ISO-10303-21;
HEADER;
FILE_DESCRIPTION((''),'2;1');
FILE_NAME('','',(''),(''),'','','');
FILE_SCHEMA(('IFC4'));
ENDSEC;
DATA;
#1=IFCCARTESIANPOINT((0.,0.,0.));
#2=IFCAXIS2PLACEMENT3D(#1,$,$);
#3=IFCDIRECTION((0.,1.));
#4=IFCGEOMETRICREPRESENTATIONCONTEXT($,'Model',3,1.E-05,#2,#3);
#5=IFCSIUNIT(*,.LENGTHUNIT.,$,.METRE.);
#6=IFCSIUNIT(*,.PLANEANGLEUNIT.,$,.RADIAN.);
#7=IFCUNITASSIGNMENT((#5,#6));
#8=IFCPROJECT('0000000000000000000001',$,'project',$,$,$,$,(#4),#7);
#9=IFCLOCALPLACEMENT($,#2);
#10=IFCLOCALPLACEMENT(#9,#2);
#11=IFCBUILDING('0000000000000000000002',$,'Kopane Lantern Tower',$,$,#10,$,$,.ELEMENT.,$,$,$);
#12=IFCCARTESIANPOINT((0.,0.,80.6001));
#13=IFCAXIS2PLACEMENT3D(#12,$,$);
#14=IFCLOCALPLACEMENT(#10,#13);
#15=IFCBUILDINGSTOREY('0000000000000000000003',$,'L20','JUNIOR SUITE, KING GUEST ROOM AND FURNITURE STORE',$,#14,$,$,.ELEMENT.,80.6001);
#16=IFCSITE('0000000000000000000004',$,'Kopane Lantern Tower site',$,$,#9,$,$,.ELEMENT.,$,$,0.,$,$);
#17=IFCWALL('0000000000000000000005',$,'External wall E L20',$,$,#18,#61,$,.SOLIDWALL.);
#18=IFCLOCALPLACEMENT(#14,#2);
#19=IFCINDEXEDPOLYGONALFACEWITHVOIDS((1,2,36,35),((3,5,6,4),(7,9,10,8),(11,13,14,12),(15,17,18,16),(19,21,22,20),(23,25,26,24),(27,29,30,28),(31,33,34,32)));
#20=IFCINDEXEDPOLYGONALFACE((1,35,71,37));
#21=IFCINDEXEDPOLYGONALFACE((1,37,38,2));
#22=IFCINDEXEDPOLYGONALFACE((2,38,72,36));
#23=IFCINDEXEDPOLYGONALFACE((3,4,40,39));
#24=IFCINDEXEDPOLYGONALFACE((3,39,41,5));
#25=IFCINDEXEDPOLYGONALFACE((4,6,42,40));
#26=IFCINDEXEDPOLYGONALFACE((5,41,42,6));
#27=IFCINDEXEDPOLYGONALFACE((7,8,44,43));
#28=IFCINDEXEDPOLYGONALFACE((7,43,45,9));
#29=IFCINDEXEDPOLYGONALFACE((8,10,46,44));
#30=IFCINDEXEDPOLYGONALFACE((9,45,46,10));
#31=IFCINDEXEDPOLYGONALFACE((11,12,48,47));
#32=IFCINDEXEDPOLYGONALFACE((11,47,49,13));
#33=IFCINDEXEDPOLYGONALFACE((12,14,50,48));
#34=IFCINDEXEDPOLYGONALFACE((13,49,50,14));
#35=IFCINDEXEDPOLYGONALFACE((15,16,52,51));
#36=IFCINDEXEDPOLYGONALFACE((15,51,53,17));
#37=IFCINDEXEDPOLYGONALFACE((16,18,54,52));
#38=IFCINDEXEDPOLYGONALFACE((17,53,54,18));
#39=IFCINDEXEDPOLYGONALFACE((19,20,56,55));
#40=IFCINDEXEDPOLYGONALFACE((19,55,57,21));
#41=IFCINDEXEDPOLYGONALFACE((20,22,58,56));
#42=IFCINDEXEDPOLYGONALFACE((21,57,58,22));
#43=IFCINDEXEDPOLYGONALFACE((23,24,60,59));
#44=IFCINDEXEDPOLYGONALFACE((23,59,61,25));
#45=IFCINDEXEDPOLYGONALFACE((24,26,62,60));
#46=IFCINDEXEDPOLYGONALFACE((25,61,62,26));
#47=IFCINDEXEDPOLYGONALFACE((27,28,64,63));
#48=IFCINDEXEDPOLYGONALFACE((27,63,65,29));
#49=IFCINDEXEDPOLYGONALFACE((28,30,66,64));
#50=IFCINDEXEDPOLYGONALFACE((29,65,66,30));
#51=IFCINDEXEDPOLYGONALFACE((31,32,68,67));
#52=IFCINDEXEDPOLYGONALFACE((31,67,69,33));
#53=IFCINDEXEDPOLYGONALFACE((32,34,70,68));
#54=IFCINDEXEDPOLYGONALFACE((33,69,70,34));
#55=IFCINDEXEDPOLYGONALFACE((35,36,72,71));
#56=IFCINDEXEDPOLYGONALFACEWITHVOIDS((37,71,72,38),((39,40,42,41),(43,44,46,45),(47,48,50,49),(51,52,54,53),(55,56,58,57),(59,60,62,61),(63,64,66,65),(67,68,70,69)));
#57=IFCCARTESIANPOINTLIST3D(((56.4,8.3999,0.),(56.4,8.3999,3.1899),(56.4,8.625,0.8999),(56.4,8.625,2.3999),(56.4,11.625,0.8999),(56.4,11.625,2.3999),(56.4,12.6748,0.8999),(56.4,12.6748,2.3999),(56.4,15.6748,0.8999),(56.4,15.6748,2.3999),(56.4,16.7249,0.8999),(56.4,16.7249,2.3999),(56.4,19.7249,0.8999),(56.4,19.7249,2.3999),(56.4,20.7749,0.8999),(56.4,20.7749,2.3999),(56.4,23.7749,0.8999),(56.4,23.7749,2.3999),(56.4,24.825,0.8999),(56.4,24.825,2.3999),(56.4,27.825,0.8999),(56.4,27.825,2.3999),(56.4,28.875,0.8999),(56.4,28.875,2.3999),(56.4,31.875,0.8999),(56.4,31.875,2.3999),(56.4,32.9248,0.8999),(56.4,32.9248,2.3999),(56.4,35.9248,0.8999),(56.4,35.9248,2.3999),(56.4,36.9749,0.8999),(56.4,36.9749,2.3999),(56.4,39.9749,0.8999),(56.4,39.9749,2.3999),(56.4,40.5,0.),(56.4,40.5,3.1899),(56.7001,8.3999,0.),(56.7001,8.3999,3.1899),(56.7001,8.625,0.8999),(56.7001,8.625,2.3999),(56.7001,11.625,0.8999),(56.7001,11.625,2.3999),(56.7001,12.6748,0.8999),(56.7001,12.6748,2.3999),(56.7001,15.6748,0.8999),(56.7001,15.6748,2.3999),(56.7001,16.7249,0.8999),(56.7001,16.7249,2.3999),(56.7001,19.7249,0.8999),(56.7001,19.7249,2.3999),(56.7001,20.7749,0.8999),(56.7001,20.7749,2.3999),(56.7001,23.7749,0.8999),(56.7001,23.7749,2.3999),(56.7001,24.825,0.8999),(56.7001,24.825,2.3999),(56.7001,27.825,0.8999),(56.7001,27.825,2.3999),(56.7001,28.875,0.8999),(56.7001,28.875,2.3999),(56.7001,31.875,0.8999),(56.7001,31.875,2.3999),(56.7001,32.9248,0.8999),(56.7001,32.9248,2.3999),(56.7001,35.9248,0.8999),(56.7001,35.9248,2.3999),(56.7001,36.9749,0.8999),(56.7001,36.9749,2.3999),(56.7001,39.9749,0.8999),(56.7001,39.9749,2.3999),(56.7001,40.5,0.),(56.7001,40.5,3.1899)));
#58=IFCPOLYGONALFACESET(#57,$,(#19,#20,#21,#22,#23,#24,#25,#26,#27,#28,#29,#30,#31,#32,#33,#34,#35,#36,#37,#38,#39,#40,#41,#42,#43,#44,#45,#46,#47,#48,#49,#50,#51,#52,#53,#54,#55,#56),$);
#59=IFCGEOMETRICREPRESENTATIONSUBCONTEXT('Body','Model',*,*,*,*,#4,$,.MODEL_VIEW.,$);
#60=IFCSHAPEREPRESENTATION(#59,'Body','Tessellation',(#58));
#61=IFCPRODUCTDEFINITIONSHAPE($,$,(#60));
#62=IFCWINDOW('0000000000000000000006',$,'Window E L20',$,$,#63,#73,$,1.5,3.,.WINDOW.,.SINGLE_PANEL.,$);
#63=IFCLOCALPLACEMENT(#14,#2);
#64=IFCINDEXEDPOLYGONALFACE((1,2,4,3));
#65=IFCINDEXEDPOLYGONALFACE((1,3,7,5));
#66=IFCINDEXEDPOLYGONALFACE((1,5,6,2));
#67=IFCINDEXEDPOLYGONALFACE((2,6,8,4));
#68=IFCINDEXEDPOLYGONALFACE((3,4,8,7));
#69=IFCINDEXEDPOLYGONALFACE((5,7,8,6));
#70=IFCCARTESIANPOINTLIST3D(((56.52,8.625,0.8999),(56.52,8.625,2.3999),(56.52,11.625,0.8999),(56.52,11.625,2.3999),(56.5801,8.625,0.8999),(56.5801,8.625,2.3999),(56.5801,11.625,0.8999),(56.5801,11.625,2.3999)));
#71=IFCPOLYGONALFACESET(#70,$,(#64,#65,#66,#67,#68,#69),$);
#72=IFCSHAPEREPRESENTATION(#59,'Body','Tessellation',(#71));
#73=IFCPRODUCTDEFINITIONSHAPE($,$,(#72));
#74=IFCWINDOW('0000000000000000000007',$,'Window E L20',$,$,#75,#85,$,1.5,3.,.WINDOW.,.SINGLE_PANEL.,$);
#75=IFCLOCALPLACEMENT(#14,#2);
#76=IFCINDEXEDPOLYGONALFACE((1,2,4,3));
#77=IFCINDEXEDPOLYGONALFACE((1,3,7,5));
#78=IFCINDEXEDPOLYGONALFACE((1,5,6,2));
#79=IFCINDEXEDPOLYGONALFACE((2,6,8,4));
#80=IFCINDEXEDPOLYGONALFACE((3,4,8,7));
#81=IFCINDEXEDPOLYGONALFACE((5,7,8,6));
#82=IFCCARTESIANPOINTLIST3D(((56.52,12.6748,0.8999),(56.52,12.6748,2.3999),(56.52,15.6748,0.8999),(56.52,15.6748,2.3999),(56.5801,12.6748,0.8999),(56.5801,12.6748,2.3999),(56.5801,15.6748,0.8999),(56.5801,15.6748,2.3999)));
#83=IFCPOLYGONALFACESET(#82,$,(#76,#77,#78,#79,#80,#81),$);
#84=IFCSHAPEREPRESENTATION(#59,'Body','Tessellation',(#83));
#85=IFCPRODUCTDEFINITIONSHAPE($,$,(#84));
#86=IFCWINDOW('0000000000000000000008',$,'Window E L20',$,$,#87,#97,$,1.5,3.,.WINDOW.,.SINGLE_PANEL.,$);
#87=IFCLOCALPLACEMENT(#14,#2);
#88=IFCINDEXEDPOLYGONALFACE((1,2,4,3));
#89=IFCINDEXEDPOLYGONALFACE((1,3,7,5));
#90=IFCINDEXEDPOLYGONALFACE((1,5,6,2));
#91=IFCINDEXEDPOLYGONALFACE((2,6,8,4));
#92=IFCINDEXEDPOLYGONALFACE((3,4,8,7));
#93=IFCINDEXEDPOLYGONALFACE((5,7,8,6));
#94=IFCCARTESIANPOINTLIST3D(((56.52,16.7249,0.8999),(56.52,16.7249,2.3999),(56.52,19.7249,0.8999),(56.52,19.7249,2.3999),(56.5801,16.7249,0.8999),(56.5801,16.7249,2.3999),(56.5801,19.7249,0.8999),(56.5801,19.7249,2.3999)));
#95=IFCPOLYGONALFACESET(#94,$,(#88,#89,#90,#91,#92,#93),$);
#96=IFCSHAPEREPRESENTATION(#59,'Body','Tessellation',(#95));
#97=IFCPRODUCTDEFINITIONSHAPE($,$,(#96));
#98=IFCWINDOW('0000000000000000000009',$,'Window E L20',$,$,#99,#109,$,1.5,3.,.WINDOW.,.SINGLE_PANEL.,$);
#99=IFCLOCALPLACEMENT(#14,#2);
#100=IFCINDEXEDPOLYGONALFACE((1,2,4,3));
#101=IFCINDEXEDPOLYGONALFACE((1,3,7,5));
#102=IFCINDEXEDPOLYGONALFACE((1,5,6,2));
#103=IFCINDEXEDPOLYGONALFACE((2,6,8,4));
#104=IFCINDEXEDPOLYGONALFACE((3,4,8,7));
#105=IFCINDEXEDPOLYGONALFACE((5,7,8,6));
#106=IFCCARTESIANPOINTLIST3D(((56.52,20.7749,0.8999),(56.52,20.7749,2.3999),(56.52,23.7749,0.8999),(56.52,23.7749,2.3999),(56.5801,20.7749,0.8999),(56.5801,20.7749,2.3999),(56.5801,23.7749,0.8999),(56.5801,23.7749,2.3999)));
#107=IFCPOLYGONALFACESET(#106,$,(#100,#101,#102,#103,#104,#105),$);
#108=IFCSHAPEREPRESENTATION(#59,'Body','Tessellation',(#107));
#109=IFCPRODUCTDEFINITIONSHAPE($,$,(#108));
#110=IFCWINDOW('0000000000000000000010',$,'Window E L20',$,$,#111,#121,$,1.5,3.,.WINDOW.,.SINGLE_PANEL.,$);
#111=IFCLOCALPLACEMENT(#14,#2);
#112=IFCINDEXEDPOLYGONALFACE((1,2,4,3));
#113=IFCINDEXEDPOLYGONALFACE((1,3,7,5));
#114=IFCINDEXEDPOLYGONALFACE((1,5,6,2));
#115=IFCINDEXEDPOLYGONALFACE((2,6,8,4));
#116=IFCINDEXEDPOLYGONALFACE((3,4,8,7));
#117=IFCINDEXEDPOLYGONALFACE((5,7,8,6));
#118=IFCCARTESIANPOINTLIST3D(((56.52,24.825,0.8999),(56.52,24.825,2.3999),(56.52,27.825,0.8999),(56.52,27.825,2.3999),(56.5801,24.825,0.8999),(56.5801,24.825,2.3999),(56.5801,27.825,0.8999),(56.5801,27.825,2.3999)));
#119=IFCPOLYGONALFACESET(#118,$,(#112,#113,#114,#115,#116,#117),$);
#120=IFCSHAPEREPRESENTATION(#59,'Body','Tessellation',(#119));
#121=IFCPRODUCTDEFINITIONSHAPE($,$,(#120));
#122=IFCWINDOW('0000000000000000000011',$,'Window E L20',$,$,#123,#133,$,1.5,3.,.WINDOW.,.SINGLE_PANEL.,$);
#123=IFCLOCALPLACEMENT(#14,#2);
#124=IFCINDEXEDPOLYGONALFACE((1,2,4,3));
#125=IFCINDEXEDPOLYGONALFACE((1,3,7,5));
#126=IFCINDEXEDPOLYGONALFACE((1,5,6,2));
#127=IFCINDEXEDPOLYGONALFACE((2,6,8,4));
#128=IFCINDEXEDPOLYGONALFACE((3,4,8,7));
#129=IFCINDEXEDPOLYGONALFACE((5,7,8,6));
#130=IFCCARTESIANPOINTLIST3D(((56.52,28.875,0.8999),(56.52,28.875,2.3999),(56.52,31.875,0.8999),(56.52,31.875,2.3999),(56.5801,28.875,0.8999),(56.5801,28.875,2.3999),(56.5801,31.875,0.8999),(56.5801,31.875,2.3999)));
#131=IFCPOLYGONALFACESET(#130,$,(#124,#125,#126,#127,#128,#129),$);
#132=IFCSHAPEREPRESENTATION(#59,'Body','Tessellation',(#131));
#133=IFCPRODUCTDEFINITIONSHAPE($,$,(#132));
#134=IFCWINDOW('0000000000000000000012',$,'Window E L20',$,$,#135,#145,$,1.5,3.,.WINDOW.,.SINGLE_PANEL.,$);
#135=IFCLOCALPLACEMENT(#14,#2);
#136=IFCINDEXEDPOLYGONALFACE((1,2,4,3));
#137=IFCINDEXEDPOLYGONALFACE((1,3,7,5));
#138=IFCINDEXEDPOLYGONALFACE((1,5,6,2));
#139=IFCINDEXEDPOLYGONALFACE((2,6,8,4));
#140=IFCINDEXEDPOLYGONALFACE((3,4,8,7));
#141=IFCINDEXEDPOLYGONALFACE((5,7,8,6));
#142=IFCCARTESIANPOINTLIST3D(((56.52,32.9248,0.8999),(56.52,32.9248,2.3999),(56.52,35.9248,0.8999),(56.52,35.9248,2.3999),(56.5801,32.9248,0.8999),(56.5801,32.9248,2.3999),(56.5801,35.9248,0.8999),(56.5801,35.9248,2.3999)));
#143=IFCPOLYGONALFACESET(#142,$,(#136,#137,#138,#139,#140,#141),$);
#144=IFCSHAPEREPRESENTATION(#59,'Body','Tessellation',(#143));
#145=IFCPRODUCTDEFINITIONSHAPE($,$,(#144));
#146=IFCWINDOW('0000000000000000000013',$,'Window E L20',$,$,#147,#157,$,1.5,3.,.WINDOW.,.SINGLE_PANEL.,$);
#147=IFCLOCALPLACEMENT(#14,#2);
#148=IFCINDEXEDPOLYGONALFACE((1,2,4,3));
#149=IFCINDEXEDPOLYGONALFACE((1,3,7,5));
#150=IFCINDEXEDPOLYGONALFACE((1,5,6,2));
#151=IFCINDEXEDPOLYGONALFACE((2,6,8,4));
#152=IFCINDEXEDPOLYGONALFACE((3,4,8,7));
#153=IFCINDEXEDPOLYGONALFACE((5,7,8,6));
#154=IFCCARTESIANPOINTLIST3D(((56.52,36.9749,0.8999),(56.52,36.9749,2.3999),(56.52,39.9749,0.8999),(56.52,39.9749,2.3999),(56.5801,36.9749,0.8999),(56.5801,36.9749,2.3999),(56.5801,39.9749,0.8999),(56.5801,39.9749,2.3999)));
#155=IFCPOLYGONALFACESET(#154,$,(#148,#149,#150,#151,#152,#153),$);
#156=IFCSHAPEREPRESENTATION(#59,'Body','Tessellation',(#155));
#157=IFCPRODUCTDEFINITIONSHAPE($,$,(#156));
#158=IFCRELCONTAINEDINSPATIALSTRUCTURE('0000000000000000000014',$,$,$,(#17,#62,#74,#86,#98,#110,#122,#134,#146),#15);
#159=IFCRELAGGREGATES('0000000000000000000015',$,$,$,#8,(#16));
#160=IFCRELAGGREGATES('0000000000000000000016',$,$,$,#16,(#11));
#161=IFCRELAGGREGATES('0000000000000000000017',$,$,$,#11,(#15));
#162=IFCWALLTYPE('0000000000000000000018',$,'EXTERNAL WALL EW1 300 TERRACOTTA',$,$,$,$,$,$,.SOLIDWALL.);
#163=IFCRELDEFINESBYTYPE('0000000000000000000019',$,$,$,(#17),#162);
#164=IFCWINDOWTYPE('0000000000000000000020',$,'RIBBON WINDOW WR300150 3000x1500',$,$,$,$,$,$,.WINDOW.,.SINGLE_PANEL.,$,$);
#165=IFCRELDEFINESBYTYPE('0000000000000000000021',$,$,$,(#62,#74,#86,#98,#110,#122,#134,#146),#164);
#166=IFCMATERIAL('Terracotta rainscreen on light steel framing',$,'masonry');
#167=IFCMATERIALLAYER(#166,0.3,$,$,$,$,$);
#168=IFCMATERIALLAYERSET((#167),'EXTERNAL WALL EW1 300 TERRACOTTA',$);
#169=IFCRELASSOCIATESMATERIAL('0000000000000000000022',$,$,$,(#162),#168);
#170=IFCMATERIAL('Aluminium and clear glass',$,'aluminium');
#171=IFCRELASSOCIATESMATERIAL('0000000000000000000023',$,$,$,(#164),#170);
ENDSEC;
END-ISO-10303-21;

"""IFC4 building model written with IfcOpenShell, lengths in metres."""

from ifc_helpers import new_model, si_unit, direction, frame, frame_2d, origin, place, context, subcontext, project, spatial, rectangle, extrude, material, layer, layer_set, type_object, element, fill, save


model = new_model("IFC4")

# Units and contexts
model_context = context("Model", 3, precision=1e-05, world=origin(), true_north=direction((0.0, 1.0)))
body_context = subcontext(model_context, "Body", "Model", "MODEL_VIEW")
ifc_project = project(units=[si_unit("LENGTHUNIT", "METRE"), si_unit("PLANEANGLEUNIT", "RADIAN")], contexts=[model_context])

# Site, building, storey
site_placement = place(None, origin())
site = spatial("IfcSite", under=ifc_project, at=site_placement, Name="Kopane Lantern Tower site", CompositionType="ELEMENT", RefElevation=0.0)
building_placement = place(site_placement, origin())
building = spatial("IfcBuilding", under=site, at=building_placement, Name="Kopane Lantern Tower", CompositionType="ELEMENT")
storey_placement = place(building_placement, frame((0.0, 0.0, 80.6001)))
storey = spatial("IfcBuildingStorey", under=building, at=storey_placement, Name="L20", Description="JUNIOR SUITE, KING GUEST ROOM AND FURNITURE STORE", CompositionType="ELEMENT", Elevation=80.6001)

# Shared definitions
ifc_material_1 = material(Name="Terracotta rainscreen on light steel framing", Category="masonry")
ifc_layer_1 = layer(ifc_material_1, 0.3)
ifc_layer_set_1 = layer_set([ifc_layer_1], Name="EXTERNAL WALL EW1 300 TERRACOTTA")
wall_type_1 = type_object("IfcWallType", Name="EXTERNAL WALL EW1 300 TERRACOTTA", PredefinedType="SOLIDWALL", material=ifc_layer_set_1)
ifc_material_2 = material(Name="Aluminium and clear glass", Category="aluminium")
window_type = type_object("IfcWindowType", Name="RIBBON WINDOW WR300150 3000x1500", PartitioningType="SINGLE_PANEL", PredefinedType="WINDOW", material=ifc_material_2)

# Wall, openings, windows
wall_1_placement = place(storey_placement, frame((56.55, 8.3999, 0.0), z_axis=(0.0, 0.0, 1.0), x_axis=(0.0, 1.0, 0.0)))
wall_1 = element("IfcWall", 1, at=wall_1_placement, inside=storey, type_object=wall_type_1, Name="External wall E L20", PredefinedType="SOLIDWALL", context=body_context, shape_type="SweptSolid", body=[
    extrude(rectangle(XDim=32.1001, YDim=0.3, at=frame_2d((16.05, 0.0))), origin(), (0.0, 0.0, 1.0), 3.1899),
])
opening_1_placement = place(wall_1_placement, frame((0.2251, 0.0, 0.8999)))
opening_1 = element("IfcOpeningElement", 2, at=opening_1_placement, cuts=wall_1, PredefinedType="OPENING", context=body_context, shape_type="SweptSolid", body=[
    extrude(rectangle(XDim=3.0, YDim=1.5, at=frame_2d((1.5, 0.75))), frame((0.0, 0.1599, 0.0), z_axis=(0.0, -1.0, 0.0), x_axis=(1.0, 0.0, 0.0)), (0.0, 0.0, 1.0), 0.3201),
])
opening_2_placement = place(wall_1_placement, frame((4.2749, 0.0, 0.8999)))
opening_2 = element("IfcOpeningElement", 3, at=opening_2_placement, cuts=wall_1, PredefinedType="OPENING", context=body_context, shape_type="SweptSolid", body=[
    extrude(rectangle(XDim=3.0, YDim=1.5, at=frame_2d((1.5, 0.75))), frame((0.0, 0.1599, 0.0), z_axis=(0.0, -1.0, 0.0), x_axis=(1.0, 0.0, 0.0)), (0.0, 0.0, 1.0), 0.3201),
])
opening_3_placement = place(wall_1_placement, frame((8.325, 0.0, 0.8999)))
opening_3 = element("IfcOpeningElement", 4, at=opening_3_placement, cuts=wall_1, PredefinedType="OPENING", context=body_context, shape_type="SweptSolid", body=[
    extrude(rectangle(XDim=3.0, YDim=1.5, at=frame_2d((1.5, 0.75))), frame((0.0, 0.1599, 0.0), z_axis=(0.0, -1.0, 0.0), x_axis=(1.0, 0.0, 0.0)), (0.0, 0.0, 1.0), 0.3201),
])
opening_4_placement = place(wall_1_placement, frame((12.375, 0.0, 0.8999)))
opening_4 = element("IfcOpeningElement", 5, at=opening_4_placement, cuts=wall_1, PredefinedType="OPENING", context=body_context, shape_type="SweptSolid", body=[
    extrude(rectangle(XDim=3.0, YDim=1.5, at=frame_2d((1.5, 0.75))), frame((0.0, 0.1599, 0.0), z_axis=(0.0, -1.0, 0.0), x_axis=(1.0, 0.0, 0.0)), (0.0, 0.0, 1.0), 0.3201),
])
opening_5_placement = place(wall_1_placement, frame((16.425, 0.0, 0.8999)))
opening_5 = element("IfcOpeningElement", 6, at=opening_5_placement, cuts=wall_1, PredefinedType="OPENING", context=body_context, shape_type="SweptSolid", body=[
    extrude(rectangle(XDim=3.0, YDim=1.5, at=frame_2d((1.5, 0.75))), frame((0.0, 0.1599, 0.0), z_axis=(0.0, -1.0, 0.0), x_axis=(1.0, 0.0, 0.0)), (0.0, 0.0, 1.0), 0.3201),
])
opening_6_placement = place(wall_1_placement, frame((20.4751, 0.0, 0.8999)))
opening_6 = element("IfcOpeningElement", 7, at=opening_6_placement, cuts=wall_1, PredefinedType="OPENING", context=body_context, shape_type="SweptSolid", body=[
    extrude(rectangle(XDim=3.0, YDim=1.5, at=frame_2d((1.5, 0.75))), frame((0.0, 0.1599, 0.0), z_axis=(0.0, -1.0, 0.0), x_axis=(1.0, 0.0, 0.0)), (0.0, 0.0, 1.0), 0.3201),
])
opening_7_placement = place(wall_1_placement, frame((24.5249, 0.0, 0.8999)))
opening_7 = element("IfcOpeningElement", 8, at=opening_7_placement, cuts=wall_1, PredefinedType="OPENING", context=body_context, shape_type="SweptSolid", body=[
    extrude(rectangle(XDim=3.0, YDim=1.5, at=frame_2d((1.5, 0.75))), frame((0.0, 0.1599, 0.0), z_axis=(0.0, -1.0, 0.0), x_axis=(1.0, 0.0, 0.0)), (0.0, 0.0, 1.0), 0.3201),
])
opening_8_placement = place(wall_1_placement, frame((28.575, 0.0, 0.8999)))
opening_8 = element("IfcOpeningElement", 9, at=opening_8_placement, cuts=wall_1, PredefinedType="OPENING", context=body_context, shape_type="SweptSolid", body=[
    extrude(rectangle(XDim=3.0, YDim=1.5, at=frame_2d((1.5, 0.75))), frame((0.0, 0.1599, 0.0), z_axis=(0.0, -1.0, 0.0), x_axis=(1.0, 0.0, 0.0)), (0.0, 0.0, 1.0), 0.3201),
])
window_1_placement = place(opening_1_placement, origin())
window_1 = element("IfcWindow", 10, at=window_1_placement, inside=storey, type_object=window_type, Name="Window E L20", OverallHeight=1.5, OverallWidth=3.0, PartitioningType="SINGLE_PANEL", PredefinedType="WINDOW", context=body_context, shape_type="SweptSolid", body=[
    extrude(rectangle(XDim=3.0, YDim=1.5, at=frame_2d((1.5, 0.75))), frame((0.0, 0.03, 0.0), z_axis=(0.0, -1.0, 0.0), x_axis=(1.0, 0.0, 0.0)), (0.0, 0.0, 1.0), 0.0601),
])
fill(opening_1, window_1)
window_2_placement = place(opening_2_placement, origin())
window_2 = element("IfcWindow", 11, at=window_2_placement, inside=storey, type_object=window_type, Name="Window E L20", OverallHeight=1.5, OverallWidth=3.0, PartitioningType="SINGLE_PANEL", PredefinedType="WINDOW", context=body_context, shape_type="SweptSolid", body=[
    extrude(rectangle(XDim=3.0, YDim=1.5, at=frame_2d((1.5, 0.75))), frame((0.0, 0.03, 0.0), z_axis=(0.0, -1.0, 0.0), x_axis=(1.0, 0.0, 0.0)), (0.0, 0.0, 1.0), 0.0601),
])
fill(opening_2, window_2)
window_3_placement = place(opening_3_placement, origin())
window_3 = element("IfcWindow", 12, at=window_3_placement, inside=storey, type_object=window_type, Name="Window E L20", OverallHeight=1.5, OverallWidth=3.0, PartitioningType="SINGLE_PANEL", PredefinedType="WINDOW", context=body_context, shape_type="SweptSolid", body=[
    extrude(rectangle(XDim=3.0, YDim=1.5, at=frame_2d((1.5, 0.75))), frame((0.0, 0.03, 0.0), z_axis=(0.0, -1.0, 0.0), x_axis=(1.0, 0.0, 0.0)), (0.0, 0.0, 1.0), 0.0601),
])
fill(opening_3, window_3)
window_4_placement = place(opening_4_placement, origin())
window_4 = element("IfcWindow", 13, at=window_4_placement, inside=storey, type_object=window_type, Name="Window E L20", OverallHeight=1.5, OverallWidth=3.0, PartitioningType="SINGLE_PANEL", PredefinedType="WINDOW", context=body_context, shape_type="SweptSolid", body=[
    extrude(rectangle(XDim=3.0, YDim=1.5, at=frame_2d((1.5, 0.75))), frame((0.0, 0.03, 0.0), z_axis=(0.0, -1.0, 0.0), x_axis=(1.0, 0.0, 0.0)), (0.0, 0.0, 1.0), 0.0601),
])
fill(opening_4, window_4)
window_5_placement = place(opening_5_placement, origin())
window_5 = element("IfcWindow", 14, at=window_5_placement, inside=storey, type_object=window_type, Name="Window E L20", OverallHeight=1.5, OverallWidth=3.0, PartitioningType="SINGLE_PANEL", PredefinedType="WINDOW", context=body_context, shape_type="SweptSolid", body=[
    extrude(rectangle(XDim=3.0, YDim=1.5, at=frame_2d((1.5, 0.75))), frame((0.0, 0.03, 0.0), z_axis=(0.0, -1.0, 0.0), x_axis=(1.0, 0.0, 0.0)), (0.0, 0.0, 1.0), 0.0601),
])
fill(opening_5, window_5)
window_6_placement = place(opening_6_placement, origin())
window_6 = element("IfcWindow", 15, at=window_6_placement, inside=storey, type_object=window_type, Name="Window E L20", OverallHeight=1.5, OverallWidth=3.0, PartitioningType="SINGLE_PANEL", PredefinedType="WINDOW", context=body_context, shape_type="SweptSolid", body=[
    extrude(rectangle(XDim=3.0, YDim=1.5, at=frame_2d((1.5, 0.75))), frame((0.0, 0.03, 0.0), z_axis=(0.0, -1.0, 0.0), x_axis=(1.0, 0.0, 0.0)), (0.0, 0.0, 1.0), 0.0601),
])
fill(opening_6, window_6)
window_7_placement = place(opening_7_placement, origin())
window_7 = element("IfcWindow", 16, at=window_7_placement, inside=storey, type_object=window_type, Name="Window E L20", OverallHeight=1.5, OverallWidth=3.0, PartitioningType="SINGLE_PANEL", PredefinedType="WINDOW", context=body_context, shape_type="SweptSolid", body=[
    extrude(rectangle(XDim=3.0, YDim=1.5, at=frame_2d((1.5, 0.75))), frame((0.0, 0.03, 0.0), z_axis=(0.0, -1.0, 0.0), x_axis=(1.0, 0.0, 0.0)), (0.0, 0.0, 1.0), 0.0601),
])
fill(opening_7, window_7)
window_8_placement = place(opening_8_placement, origin())
window_8 = element("IfcWindow", 17, at=window_8_placement, inside=storey, type_object=window_type, Name="Window E L20", OverallHeight=1.5, OverallWidth=3.0, PartitioningType="SINGLE_PANEL", PredefinedType="WINDOW", context=body_context, shape_type="SweptSolid", body=[
    extrude(rectangle(XDim=3.0, YDim=1.5, at=frame_2d((1.5, 0.75))), frame((0.0, 0.03, 0.0), z_axis=(0.0, -1.0, 0.0), x_axis=(1.0, 0.0, 0.0)), (0.0, 0.0, 1.0), 0.0601),
])
fill(opening_8, window_8)

save(model, "model.ifc")
